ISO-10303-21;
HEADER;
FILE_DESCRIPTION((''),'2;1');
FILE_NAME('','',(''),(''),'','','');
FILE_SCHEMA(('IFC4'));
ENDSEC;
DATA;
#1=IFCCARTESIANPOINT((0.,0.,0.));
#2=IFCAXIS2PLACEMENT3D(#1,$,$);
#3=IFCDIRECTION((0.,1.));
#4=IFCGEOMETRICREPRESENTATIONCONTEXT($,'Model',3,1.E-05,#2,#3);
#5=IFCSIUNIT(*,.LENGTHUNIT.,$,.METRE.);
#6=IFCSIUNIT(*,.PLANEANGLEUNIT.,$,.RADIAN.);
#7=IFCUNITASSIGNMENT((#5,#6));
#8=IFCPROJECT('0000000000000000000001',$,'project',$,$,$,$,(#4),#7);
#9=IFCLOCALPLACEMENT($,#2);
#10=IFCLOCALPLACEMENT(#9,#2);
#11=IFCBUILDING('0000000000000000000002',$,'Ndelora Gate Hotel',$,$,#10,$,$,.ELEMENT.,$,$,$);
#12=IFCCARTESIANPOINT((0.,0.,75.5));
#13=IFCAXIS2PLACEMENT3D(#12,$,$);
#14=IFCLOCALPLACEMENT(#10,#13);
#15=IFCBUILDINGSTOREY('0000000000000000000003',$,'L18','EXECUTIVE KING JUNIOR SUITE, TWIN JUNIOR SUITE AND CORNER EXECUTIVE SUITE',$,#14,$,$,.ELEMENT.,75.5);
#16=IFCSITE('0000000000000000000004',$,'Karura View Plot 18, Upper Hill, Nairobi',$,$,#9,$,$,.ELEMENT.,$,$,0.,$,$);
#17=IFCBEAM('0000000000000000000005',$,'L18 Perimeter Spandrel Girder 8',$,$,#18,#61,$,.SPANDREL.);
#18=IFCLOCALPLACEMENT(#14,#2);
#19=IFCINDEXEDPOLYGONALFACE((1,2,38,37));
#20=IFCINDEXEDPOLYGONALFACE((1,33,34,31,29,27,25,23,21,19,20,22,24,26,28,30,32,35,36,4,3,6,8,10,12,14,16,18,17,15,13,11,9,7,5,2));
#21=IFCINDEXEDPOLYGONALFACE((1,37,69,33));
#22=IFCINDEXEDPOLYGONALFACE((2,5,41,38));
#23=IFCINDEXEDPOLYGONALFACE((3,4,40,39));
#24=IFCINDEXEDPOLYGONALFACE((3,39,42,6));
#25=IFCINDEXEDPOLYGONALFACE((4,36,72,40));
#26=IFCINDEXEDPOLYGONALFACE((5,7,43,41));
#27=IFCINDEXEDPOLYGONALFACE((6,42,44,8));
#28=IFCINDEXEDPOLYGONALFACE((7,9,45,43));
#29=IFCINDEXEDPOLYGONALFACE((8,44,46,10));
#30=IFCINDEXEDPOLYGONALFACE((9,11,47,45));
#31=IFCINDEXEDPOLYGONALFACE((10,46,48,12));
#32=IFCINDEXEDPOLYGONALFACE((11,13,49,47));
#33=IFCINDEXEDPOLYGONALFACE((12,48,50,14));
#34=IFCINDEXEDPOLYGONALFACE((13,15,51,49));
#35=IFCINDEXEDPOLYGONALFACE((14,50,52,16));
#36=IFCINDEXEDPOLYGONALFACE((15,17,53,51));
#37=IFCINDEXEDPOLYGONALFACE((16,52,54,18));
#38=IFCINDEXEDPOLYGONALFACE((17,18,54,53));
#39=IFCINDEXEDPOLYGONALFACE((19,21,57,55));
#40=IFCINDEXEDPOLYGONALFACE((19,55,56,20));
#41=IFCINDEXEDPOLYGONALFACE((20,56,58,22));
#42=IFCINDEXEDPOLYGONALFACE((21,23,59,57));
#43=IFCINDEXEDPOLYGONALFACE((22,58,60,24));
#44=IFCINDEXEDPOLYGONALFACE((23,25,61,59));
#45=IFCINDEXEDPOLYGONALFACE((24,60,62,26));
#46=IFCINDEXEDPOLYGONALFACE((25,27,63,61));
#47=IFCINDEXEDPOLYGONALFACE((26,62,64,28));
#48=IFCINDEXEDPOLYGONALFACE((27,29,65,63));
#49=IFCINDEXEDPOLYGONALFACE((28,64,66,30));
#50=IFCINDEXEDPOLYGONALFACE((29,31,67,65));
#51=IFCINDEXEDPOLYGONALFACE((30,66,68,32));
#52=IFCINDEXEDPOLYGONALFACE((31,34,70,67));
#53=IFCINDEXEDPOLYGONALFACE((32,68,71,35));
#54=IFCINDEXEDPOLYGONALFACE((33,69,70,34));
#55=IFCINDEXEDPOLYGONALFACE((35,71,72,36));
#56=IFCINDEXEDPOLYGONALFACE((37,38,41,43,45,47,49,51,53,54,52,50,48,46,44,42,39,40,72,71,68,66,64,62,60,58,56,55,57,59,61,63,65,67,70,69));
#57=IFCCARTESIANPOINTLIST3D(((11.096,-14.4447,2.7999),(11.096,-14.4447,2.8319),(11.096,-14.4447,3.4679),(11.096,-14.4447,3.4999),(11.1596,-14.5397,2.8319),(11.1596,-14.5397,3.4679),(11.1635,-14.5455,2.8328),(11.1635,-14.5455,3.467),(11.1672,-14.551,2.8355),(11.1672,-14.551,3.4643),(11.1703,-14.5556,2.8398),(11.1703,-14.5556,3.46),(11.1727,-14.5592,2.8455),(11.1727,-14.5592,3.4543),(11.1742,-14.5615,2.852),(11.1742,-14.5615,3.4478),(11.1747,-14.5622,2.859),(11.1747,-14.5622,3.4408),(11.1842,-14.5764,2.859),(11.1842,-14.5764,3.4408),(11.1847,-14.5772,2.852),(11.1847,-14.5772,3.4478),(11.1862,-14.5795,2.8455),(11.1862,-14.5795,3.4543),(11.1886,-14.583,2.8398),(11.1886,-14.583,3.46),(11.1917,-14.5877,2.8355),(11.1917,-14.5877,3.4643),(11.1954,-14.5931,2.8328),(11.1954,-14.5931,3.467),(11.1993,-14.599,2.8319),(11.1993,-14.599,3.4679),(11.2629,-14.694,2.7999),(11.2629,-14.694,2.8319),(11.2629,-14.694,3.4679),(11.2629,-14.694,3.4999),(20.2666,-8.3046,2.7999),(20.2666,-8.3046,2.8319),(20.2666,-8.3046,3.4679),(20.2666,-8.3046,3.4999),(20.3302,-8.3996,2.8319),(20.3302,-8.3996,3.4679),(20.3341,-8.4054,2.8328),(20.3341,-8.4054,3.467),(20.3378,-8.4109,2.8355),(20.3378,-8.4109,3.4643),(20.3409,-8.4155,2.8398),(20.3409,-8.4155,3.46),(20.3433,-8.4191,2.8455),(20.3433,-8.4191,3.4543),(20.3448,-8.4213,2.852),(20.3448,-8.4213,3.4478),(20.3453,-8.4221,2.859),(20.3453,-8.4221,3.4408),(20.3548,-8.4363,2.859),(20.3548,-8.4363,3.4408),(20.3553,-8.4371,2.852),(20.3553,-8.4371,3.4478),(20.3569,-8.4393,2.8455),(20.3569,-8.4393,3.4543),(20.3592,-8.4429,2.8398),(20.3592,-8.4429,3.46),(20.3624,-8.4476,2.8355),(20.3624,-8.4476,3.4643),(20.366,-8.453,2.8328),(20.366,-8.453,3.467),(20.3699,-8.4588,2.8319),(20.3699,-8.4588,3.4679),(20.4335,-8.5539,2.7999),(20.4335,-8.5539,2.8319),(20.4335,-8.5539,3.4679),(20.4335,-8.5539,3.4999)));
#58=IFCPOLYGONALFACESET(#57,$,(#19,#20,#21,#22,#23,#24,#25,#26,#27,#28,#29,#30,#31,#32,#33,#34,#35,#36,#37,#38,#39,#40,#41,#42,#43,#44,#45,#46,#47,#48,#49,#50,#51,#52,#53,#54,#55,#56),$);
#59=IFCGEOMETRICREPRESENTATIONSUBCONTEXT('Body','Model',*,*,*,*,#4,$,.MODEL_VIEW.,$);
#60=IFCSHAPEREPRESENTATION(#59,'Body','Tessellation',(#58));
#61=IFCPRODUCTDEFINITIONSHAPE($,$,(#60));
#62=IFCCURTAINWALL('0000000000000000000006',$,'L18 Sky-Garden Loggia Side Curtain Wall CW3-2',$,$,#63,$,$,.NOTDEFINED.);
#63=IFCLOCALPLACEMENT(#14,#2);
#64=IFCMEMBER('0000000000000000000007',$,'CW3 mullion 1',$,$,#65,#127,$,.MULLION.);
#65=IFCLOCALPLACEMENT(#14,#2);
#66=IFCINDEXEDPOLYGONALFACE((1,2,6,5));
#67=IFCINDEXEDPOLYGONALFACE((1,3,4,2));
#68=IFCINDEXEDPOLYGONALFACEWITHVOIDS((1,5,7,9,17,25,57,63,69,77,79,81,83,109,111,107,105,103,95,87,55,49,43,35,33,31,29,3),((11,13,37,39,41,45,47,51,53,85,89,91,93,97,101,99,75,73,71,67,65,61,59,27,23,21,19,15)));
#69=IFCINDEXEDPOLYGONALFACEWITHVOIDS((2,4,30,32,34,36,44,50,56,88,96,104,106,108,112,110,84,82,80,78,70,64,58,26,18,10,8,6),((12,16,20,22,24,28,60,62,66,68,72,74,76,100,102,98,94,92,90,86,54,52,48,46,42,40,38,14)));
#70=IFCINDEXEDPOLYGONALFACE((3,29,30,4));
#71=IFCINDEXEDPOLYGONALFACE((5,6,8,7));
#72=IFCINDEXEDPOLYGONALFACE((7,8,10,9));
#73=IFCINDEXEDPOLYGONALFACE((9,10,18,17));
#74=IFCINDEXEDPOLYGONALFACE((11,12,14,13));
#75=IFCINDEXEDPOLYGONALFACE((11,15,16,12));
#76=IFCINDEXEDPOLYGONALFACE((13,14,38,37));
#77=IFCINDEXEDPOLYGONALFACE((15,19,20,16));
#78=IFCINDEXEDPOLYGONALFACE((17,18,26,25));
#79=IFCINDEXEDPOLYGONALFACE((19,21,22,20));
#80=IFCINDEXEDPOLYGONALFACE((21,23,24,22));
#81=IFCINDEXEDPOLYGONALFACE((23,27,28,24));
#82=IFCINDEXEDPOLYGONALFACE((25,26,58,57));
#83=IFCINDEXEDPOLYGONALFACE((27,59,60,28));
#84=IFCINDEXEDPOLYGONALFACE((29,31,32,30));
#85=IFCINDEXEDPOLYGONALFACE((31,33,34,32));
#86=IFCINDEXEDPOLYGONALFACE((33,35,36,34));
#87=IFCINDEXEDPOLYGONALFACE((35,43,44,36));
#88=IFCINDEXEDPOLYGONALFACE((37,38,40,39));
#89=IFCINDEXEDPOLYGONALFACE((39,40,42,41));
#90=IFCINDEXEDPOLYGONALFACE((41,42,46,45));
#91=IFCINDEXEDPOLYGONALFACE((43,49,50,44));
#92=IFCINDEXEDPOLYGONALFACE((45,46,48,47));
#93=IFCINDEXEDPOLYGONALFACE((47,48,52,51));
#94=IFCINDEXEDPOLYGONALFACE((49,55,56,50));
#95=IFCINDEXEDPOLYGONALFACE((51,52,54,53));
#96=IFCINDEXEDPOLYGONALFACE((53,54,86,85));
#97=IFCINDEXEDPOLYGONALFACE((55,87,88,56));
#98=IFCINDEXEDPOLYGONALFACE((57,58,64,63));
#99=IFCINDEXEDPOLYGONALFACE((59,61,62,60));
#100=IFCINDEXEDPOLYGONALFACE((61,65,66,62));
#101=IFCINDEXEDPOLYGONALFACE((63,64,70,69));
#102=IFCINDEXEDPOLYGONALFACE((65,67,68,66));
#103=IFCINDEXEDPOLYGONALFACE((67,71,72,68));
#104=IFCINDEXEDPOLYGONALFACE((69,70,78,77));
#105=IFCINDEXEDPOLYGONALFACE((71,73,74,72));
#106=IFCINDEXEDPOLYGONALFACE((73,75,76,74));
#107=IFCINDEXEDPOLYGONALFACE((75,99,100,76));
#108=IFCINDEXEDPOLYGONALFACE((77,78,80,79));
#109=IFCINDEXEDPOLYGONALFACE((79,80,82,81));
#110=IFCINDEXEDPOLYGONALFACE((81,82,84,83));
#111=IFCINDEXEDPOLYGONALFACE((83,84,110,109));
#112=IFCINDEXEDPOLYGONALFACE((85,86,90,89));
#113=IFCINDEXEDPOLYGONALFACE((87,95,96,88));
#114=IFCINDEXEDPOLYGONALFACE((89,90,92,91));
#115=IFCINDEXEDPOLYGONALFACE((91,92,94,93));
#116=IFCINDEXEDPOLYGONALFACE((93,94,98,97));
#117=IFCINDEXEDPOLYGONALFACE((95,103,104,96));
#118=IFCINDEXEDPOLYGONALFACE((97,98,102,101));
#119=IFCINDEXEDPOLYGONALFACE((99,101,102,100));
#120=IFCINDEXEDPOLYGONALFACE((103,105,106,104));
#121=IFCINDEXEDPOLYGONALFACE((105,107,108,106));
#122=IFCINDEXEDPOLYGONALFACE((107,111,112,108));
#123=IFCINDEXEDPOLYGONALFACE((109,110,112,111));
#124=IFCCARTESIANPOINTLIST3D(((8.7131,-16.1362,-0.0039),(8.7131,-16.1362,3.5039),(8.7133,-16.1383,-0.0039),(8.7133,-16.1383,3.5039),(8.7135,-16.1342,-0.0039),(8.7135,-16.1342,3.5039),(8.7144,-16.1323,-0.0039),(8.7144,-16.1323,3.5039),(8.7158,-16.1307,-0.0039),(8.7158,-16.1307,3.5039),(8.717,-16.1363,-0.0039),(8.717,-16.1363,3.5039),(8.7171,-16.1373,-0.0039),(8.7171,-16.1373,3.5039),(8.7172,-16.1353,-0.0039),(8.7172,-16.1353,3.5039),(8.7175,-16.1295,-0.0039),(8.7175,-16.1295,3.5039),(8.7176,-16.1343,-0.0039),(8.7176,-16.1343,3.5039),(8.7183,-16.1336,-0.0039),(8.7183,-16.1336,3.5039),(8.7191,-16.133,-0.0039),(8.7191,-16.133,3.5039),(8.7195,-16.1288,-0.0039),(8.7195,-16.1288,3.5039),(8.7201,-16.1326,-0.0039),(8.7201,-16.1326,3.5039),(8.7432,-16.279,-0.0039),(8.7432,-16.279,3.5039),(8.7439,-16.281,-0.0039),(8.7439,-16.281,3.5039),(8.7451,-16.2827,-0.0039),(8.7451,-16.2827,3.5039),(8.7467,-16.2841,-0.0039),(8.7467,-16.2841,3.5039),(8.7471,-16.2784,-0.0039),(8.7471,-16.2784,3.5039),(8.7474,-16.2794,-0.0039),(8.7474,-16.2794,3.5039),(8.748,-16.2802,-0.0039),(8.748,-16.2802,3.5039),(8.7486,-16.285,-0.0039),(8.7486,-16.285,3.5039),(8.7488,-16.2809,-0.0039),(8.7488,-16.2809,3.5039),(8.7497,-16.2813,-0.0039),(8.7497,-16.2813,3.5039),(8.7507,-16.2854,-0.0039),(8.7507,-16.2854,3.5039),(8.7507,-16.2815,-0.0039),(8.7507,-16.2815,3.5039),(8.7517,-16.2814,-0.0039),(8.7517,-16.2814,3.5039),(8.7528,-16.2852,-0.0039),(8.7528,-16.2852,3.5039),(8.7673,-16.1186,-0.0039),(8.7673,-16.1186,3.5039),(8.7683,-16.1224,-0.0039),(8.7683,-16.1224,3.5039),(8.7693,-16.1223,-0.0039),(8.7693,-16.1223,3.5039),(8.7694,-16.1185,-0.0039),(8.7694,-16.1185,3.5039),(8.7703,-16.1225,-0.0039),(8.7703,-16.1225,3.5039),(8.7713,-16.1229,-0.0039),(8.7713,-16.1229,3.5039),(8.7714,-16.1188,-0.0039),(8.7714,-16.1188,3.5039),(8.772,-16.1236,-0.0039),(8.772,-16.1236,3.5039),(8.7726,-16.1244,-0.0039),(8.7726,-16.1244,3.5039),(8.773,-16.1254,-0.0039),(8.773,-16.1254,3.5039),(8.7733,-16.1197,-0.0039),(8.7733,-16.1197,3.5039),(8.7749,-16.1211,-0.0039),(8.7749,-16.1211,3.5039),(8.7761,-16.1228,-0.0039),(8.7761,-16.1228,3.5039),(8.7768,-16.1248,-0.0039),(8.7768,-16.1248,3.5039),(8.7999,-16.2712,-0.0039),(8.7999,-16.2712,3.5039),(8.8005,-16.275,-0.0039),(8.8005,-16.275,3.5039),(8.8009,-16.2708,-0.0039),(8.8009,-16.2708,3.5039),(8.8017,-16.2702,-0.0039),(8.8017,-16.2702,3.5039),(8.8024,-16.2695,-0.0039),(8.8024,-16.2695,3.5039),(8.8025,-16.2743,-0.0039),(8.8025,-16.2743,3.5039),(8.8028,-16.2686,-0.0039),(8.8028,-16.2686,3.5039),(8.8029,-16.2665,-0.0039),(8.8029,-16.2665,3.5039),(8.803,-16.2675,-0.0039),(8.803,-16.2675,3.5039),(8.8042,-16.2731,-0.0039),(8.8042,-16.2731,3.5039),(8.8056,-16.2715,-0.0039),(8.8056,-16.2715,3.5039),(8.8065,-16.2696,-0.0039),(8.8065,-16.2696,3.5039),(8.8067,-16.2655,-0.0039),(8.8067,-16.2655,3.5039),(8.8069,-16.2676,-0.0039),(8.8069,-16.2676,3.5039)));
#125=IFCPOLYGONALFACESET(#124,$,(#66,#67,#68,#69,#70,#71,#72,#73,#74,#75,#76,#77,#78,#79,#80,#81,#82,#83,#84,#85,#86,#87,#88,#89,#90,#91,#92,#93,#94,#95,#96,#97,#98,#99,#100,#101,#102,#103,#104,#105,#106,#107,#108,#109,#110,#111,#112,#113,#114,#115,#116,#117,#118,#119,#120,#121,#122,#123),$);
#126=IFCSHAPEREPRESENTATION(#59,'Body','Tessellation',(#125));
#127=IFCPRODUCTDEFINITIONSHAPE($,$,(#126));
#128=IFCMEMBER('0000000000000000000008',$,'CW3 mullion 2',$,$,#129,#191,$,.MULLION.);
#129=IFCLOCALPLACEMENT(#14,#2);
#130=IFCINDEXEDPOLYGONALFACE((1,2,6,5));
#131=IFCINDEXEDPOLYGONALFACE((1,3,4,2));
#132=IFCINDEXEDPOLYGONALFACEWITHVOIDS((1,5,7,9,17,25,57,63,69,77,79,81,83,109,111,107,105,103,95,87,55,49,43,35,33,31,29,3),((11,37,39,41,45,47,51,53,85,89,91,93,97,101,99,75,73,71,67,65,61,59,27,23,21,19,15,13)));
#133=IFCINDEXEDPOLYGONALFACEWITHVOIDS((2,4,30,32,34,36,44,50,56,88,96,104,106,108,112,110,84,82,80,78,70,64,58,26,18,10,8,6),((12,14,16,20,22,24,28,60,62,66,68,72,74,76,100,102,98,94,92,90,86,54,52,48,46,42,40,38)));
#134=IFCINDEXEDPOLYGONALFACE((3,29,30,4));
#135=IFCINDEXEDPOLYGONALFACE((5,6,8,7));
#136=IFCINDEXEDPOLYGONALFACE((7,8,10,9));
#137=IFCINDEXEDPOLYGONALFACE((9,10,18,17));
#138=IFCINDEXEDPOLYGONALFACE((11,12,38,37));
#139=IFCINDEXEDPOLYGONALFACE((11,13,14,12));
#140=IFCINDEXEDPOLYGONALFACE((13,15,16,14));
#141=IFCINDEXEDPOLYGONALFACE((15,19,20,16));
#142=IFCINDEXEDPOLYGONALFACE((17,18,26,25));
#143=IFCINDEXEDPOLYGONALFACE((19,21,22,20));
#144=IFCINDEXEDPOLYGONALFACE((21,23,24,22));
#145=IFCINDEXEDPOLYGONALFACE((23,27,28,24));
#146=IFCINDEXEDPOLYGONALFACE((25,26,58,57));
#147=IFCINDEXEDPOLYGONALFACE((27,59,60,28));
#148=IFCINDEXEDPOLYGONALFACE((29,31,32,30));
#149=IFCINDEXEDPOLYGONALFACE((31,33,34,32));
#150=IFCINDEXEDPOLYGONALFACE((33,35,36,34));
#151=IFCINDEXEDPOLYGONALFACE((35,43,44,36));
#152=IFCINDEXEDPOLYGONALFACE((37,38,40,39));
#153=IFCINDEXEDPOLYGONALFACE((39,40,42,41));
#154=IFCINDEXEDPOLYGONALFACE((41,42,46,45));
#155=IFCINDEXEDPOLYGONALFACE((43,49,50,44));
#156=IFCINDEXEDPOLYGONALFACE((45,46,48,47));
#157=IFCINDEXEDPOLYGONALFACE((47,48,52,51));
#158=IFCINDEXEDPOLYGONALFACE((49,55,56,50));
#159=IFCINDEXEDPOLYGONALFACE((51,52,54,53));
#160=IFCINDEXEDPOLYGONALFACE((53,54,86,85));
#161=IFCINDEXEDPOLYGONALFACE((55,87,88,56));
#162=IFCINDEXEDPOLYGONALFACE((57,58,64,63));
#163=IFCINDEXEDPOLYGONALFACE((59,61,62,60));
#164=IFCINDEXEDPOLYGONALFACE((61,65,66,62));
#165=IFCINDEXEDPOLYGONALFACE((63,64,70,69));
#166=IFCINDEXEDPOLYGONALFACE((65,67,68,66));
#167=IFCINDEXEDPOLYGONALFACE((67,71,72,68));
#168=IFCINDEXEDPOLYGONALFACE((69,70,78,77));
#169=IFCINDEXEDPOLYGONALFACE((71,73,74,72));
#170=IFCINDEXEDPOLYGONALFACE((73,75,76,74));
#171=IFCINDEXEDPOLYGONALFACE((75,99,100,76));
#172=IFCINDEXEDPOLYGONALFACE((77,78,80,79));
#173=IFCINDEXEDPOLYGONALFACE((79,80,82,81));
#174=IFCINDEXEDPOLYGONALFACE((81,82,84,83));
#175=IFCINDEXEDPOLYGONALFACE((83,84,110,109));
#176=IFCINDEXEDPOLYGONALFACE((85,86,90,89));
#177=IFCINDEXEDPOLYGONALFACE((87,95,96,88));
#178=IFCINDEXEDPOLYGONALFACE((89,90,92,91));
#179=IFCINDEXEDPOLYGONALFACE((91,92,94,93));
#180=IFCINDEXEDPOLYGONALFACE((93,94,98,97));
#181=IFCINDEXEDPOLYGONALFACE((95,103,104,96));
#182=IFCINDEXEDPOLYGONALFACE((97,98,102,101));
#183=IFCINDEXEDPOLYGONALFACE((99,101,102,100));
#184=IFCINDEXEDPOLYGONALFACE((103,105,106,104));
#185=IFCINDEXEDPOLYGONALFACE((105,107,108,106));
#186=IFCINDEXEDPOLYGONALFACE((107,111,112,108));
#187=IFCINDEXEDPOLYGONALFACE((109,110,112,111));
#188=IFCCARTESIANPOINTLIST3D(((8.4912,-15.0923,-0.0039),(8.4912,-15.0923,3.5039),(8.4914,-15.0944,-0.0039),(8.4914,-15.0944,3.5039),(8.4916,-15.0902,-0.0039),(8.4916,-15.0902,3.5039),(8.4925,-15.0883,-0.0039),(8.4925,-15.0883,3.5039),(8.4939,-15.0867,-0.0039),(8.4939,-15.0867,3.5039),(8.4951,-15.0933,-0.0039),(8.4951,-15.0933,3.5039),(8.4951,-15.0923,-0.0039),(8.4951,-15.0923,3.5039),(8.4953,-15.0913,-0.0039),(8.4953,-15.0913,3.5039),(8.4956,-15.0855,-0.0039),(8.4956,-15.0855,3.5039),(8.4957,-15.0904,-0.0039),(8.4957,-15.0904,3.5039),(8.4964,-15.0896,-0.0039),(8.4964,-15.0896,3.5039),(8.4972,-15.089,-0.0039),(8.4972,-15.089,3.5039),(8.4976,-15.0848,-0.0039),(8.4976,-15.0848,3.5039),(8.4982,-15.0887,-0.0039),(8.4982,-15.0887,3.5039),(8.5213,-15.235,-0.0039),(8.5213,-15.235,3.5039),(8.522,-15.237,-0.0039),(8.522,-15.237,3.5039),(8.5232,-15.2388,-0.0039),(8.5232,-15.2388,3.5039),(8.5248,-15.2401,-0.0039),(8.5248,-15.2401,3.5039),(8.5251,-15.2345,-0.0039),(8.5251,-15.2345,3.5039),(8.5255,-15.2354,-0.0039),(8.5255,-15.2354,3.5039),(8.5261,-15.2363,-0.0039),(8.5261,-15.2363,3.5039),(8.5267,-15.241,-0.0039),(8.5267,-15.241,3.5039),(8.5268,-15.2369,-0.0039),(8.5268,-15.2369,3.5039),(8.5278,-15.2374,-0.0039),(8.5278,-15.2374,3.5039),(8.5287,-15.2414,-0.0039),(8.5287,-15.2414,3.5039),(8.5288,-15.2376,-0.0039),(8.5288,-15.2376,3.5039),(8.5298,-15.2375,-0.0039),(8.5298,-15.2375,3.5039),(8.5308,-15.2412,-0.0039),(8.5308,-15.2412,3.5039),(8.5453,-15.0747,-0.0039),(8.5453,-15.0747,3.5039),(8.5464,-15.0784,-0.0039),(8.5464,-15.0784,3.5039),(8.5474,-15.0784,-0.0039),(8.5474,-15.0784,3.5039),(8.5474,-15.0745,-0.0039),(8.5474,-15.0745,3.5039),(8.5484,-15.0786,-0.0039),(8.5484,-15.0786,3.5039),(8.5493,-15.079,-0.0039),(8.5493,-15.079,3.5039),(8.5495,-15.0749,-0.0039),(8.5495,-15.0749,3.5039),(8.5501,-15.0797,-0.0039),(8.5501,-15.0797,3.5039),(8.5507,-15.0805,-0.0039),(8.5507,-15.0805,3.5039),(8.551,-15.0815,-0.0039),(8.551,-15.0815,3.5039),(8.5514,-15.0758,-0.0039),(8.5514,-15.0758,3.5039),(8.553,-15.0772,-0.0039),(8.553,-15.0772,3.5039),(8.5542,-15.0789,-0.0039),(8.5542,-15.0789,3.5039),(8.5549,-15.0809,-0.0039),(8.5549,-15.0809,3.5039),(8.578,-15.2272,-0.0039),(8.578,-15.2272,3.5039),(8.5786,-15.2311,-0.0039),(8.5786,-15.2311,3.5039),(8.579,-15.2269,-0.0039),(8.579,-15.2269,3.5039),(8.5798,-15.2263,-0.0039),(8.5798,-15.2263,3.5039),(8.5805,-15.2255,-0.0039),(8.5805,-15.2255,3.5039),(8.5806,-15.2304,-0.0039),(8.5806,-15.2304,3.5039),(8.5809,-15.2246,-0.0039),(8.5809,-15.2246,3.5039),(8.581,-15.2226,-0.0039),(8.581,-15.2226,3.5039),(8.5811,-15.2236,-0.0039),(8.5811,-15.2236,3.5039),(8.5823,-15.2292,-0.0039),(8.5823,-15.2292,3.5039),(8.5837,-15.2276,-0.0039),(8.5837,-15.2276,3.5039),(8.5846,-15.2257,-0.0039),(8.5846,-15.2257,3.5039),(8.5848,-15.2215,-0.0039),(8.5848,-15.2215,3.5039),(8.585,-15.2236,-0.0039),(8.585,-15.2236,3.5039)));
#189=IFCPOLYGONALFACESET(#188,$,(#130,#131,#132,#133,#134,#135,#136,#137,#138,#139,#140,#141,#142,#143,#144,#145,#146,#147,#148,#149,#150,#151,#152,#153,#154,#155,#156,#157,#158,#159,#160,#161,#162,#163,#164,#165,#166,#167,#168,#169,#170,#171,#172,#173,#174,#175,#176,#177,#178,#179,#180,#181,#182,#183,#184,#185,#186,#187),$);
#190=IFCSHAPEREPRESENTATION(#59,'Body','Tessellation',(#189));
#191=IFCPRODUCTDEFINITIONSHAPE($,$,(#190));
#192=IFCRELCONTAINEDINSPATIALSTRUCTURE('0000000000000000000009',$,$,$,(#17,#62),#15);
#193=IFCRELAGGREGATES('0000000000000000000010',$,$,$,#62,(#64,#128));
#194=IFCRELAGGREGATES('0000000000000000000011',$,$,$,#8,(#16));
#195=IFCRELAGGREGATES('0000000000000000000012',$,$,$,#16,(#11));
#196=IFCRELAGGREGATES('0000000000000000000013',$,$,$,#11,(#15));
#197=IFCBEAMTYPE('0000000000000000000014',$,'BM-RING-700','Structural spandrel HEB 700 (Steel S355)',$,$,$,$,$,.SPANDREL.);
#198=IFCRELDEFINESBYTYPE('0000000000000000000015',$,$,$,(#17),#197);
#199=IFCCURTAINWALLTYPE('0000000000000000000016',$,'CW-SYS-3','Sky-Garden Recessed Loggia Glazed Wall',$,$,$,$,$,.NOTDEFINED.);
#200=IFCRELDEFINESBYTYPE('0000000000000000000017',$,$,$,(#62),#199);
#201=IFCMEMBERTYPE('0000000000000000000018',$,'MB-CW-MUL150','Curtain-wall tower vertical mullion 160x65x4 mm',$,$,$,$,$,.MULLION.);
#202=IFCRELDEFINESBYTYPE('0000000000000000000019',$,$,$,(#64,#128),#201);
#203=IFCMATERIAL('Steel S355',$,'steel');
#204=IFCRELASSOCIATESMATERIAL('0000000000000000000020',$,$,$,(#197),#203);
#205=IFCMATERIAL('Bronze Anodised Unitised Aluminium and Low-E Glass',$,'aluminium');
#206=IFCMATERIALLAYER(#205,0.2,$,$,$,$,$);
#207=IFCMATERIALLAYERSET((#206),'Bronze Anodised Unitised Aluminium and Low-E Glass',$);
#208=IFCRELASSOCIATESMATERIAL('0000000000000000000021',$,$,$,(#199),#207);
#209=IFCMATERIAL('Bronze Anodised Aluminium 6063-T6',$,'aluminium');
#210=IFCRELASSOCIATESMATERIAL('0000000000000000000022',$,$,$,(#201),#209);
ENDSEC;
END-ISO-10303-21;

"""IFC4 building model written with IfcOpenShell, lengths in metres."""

from ifc_helpers import new_model, si_unit, direction, frame, origin, origin_2d, place, context, subcontext, project, spatial, hollow_rectangle, i_section, extrude, material, layer, layer_set, material_profile, profile_set, type_object, element, aggregate, save


model = new_model("IFC4")

# Units and contexts
model_context = context("Model", 3, precision=1e-05, world=origin(), true_north=direction((0.0, 1.0)))
body_context = subcontext(model_context, "Body", "Model", "MODEL_VIEW")
ifc_project = project(units=[si_unit("LENGTHUNIT", "METRE"), si_unit("PLANEANGLEUNIT", "RADIAN")], contexts=[model_context])

# Site, building, storey
site_placement = place(None, origin())
site = spatial("IfcSite", under=ifc_project, at=site_placement, Name="Karura View Plot 18, Upper Hill, Nairobi", CompositionType="ELEMENT", RefElevation=0.0)
building_placement = place(site_placement, origin())
building = spatial("IfcBuilding", under=site, at=building_placement, Name="Ndelora Gate Hotel", CompositionType="ELEMENT")
storey_placement = place(building_placement, frame((0.0, 0.0, 75.5)))
storey = spatial("IfcBuildingStorey", under=building, at=storey_placement, Name="L18", Description="EXECUTIVE KING JUNIOR SUITE, TWIN JUNIOR SUITE AND CORNER EXECUTIVE SUITE", CompositionType="ELEMENT", Elevation=75.5)

# Beam
ifc_material_1 = material(Name="Steel S355", Category="steel")
ifc_material_profile_1 = material_profile(ifc_material_1, i_section(OverallWidth=0.3, OverallDepth=0.7, WebThickness=0.0171, FlangeThickness=0.032, FilletRadius=0.0271, at=origin_2d()), Name="HEB 700")
ifc_profile_set_1 = profile_set([ifc_material_profile_1], Name="Steel S355")
beam_type_1 = type_object("IfcBeamType", Name="BM-RING-700", Description="Structural spandrel HEB 700 (Steel S355)", PredefinedType="SPANDREL", material=ifc_profile_set_1)
beam_1_placement = place(storey_placement, frame((11.1794, -14.5693, 3.1499), z_axis=(0.830946, 0.556353, 0.0), x_axis=(-0.556353, 0.830946, 0.0)))
element("IfcBeam", 1, at=beam_1_placement, inside=storey, type_object=beam_type_1, Name="L18 Perimeter Spandrel Girder 8", PredefinedType="SPANDREL", context=body_context, shape_type="SweptSolid", body=[
    extrude(i_section(OverallWidth=0.3, OverallDepth=0.7, WebThickness=0.0171, FlangeThickness=0.032, FilletRadius=0.0271, at=origin_2d()), origin(), (0.0, 0.0, 1.0), 11.0364),
])

# Curtain wall, members
ifc_material_2 = material(Name="Bronze Anodised Unitised Aluminium and Low-E Glass", Category="aluminium")
ifc_layer_1 = layer(ifc_material_2, 0.2)
ifc_layer_set_1 = layer_set([ifc_layer_1], Name="Bronze Anodised Unitised Aluminium and Low-E Glass")
curtain_wall_type = type_object("IfcCurtainWallType", Name="CW-SYS-3", Description="Sky-Garden Recessed Loggia Glazed Wall", PredefinedType="NOTDEFINED", material=ifc_layer_set_1)
curtain_wall_placement = place(storey_placement, origin())
curtain_wall = element("IfcCurtainWall", 2, at=curtain_wall_placement, inside=storey, type_object=curtain_wall_type, Name="L18 Sky-Garden Loggia Side Curtain Wall CW3-2", PredefinedType="NOTDEFINED")
ifc_material_3 = material(Name="Bronze Anodised Aluminium 6063-T6", Category="aluminium")
ifc_material_profile_2 = material_profile(ifc_material_3, hollow_rectangle(XDim=0.0649, YDim=0.1599, WallThickness=0.0039, InnerFilletRadius=0.0039, OuterFilletRadius=0.0081, at=origin_2d()), Name="ALU 160x65x4")
ifc_profile_set_2 = profile_set([ifc_material_profile_2], Name="Bronze Anodised Aluminium 6063-T6")
member_type_1 = type_object("IfcMemberType", Name="MB-CW-MUL150", Description="Curtain-wall tower vertical mullion 160x65x4 mm", PredefinedType="MULLION", material=ifc_profile_set_2)
member_1_placement = place(storey_placement, frame((8.76, -16.2019, -0.0039), z_axis=(0.0, 0.0, 1.0), x_axis=(-0.978148, -0.207911, 0.0)))
member_1 = element("IfcMember", 3, at=member_1_placement, type_object=member_type_1, Name="CW3 mullion 1", PredefinedType="MULLION", context=body_context, shape_type="SweptSolid", body=[
    extrude(hollow_rectangle(XDim=0.0649, YDim=0.1599, WallThickness=0.0039, InnerFilletRadius=0.0039, OuterFilletRadius=0.0081, at=origin_2d()), origin(), (0.0, 0.0, 1.0), 3.5078),
])
member_2_placement = place(storey_placement, frame((8.5381, -15.158, -0.0039), z_axis=(0.0, 0.0, 1.0), x_axis=(-0.978148, -0.207911, 0.0)))
member_2 = element("IfcMember", 4, at=member_2_placement, type_object=member_type_1, Name="CW3 mullion 2", PredefinedType="MULLION", context=body_context, shape_type="SweptSolid", body=[
    extrude(hollow_rectangle(XDim=0.0649, YDim=0.1599, WallThickness=0.0039, InnerFilletRadius=0.0039, OuterFilletRadius=0.0081, at=origin_2d()), origin(), (0.0, 0.0, 1.0), 3.5078),
])
aggregate(curtain_wall, [member_1, member_2])

save(model, "model.ifc")
